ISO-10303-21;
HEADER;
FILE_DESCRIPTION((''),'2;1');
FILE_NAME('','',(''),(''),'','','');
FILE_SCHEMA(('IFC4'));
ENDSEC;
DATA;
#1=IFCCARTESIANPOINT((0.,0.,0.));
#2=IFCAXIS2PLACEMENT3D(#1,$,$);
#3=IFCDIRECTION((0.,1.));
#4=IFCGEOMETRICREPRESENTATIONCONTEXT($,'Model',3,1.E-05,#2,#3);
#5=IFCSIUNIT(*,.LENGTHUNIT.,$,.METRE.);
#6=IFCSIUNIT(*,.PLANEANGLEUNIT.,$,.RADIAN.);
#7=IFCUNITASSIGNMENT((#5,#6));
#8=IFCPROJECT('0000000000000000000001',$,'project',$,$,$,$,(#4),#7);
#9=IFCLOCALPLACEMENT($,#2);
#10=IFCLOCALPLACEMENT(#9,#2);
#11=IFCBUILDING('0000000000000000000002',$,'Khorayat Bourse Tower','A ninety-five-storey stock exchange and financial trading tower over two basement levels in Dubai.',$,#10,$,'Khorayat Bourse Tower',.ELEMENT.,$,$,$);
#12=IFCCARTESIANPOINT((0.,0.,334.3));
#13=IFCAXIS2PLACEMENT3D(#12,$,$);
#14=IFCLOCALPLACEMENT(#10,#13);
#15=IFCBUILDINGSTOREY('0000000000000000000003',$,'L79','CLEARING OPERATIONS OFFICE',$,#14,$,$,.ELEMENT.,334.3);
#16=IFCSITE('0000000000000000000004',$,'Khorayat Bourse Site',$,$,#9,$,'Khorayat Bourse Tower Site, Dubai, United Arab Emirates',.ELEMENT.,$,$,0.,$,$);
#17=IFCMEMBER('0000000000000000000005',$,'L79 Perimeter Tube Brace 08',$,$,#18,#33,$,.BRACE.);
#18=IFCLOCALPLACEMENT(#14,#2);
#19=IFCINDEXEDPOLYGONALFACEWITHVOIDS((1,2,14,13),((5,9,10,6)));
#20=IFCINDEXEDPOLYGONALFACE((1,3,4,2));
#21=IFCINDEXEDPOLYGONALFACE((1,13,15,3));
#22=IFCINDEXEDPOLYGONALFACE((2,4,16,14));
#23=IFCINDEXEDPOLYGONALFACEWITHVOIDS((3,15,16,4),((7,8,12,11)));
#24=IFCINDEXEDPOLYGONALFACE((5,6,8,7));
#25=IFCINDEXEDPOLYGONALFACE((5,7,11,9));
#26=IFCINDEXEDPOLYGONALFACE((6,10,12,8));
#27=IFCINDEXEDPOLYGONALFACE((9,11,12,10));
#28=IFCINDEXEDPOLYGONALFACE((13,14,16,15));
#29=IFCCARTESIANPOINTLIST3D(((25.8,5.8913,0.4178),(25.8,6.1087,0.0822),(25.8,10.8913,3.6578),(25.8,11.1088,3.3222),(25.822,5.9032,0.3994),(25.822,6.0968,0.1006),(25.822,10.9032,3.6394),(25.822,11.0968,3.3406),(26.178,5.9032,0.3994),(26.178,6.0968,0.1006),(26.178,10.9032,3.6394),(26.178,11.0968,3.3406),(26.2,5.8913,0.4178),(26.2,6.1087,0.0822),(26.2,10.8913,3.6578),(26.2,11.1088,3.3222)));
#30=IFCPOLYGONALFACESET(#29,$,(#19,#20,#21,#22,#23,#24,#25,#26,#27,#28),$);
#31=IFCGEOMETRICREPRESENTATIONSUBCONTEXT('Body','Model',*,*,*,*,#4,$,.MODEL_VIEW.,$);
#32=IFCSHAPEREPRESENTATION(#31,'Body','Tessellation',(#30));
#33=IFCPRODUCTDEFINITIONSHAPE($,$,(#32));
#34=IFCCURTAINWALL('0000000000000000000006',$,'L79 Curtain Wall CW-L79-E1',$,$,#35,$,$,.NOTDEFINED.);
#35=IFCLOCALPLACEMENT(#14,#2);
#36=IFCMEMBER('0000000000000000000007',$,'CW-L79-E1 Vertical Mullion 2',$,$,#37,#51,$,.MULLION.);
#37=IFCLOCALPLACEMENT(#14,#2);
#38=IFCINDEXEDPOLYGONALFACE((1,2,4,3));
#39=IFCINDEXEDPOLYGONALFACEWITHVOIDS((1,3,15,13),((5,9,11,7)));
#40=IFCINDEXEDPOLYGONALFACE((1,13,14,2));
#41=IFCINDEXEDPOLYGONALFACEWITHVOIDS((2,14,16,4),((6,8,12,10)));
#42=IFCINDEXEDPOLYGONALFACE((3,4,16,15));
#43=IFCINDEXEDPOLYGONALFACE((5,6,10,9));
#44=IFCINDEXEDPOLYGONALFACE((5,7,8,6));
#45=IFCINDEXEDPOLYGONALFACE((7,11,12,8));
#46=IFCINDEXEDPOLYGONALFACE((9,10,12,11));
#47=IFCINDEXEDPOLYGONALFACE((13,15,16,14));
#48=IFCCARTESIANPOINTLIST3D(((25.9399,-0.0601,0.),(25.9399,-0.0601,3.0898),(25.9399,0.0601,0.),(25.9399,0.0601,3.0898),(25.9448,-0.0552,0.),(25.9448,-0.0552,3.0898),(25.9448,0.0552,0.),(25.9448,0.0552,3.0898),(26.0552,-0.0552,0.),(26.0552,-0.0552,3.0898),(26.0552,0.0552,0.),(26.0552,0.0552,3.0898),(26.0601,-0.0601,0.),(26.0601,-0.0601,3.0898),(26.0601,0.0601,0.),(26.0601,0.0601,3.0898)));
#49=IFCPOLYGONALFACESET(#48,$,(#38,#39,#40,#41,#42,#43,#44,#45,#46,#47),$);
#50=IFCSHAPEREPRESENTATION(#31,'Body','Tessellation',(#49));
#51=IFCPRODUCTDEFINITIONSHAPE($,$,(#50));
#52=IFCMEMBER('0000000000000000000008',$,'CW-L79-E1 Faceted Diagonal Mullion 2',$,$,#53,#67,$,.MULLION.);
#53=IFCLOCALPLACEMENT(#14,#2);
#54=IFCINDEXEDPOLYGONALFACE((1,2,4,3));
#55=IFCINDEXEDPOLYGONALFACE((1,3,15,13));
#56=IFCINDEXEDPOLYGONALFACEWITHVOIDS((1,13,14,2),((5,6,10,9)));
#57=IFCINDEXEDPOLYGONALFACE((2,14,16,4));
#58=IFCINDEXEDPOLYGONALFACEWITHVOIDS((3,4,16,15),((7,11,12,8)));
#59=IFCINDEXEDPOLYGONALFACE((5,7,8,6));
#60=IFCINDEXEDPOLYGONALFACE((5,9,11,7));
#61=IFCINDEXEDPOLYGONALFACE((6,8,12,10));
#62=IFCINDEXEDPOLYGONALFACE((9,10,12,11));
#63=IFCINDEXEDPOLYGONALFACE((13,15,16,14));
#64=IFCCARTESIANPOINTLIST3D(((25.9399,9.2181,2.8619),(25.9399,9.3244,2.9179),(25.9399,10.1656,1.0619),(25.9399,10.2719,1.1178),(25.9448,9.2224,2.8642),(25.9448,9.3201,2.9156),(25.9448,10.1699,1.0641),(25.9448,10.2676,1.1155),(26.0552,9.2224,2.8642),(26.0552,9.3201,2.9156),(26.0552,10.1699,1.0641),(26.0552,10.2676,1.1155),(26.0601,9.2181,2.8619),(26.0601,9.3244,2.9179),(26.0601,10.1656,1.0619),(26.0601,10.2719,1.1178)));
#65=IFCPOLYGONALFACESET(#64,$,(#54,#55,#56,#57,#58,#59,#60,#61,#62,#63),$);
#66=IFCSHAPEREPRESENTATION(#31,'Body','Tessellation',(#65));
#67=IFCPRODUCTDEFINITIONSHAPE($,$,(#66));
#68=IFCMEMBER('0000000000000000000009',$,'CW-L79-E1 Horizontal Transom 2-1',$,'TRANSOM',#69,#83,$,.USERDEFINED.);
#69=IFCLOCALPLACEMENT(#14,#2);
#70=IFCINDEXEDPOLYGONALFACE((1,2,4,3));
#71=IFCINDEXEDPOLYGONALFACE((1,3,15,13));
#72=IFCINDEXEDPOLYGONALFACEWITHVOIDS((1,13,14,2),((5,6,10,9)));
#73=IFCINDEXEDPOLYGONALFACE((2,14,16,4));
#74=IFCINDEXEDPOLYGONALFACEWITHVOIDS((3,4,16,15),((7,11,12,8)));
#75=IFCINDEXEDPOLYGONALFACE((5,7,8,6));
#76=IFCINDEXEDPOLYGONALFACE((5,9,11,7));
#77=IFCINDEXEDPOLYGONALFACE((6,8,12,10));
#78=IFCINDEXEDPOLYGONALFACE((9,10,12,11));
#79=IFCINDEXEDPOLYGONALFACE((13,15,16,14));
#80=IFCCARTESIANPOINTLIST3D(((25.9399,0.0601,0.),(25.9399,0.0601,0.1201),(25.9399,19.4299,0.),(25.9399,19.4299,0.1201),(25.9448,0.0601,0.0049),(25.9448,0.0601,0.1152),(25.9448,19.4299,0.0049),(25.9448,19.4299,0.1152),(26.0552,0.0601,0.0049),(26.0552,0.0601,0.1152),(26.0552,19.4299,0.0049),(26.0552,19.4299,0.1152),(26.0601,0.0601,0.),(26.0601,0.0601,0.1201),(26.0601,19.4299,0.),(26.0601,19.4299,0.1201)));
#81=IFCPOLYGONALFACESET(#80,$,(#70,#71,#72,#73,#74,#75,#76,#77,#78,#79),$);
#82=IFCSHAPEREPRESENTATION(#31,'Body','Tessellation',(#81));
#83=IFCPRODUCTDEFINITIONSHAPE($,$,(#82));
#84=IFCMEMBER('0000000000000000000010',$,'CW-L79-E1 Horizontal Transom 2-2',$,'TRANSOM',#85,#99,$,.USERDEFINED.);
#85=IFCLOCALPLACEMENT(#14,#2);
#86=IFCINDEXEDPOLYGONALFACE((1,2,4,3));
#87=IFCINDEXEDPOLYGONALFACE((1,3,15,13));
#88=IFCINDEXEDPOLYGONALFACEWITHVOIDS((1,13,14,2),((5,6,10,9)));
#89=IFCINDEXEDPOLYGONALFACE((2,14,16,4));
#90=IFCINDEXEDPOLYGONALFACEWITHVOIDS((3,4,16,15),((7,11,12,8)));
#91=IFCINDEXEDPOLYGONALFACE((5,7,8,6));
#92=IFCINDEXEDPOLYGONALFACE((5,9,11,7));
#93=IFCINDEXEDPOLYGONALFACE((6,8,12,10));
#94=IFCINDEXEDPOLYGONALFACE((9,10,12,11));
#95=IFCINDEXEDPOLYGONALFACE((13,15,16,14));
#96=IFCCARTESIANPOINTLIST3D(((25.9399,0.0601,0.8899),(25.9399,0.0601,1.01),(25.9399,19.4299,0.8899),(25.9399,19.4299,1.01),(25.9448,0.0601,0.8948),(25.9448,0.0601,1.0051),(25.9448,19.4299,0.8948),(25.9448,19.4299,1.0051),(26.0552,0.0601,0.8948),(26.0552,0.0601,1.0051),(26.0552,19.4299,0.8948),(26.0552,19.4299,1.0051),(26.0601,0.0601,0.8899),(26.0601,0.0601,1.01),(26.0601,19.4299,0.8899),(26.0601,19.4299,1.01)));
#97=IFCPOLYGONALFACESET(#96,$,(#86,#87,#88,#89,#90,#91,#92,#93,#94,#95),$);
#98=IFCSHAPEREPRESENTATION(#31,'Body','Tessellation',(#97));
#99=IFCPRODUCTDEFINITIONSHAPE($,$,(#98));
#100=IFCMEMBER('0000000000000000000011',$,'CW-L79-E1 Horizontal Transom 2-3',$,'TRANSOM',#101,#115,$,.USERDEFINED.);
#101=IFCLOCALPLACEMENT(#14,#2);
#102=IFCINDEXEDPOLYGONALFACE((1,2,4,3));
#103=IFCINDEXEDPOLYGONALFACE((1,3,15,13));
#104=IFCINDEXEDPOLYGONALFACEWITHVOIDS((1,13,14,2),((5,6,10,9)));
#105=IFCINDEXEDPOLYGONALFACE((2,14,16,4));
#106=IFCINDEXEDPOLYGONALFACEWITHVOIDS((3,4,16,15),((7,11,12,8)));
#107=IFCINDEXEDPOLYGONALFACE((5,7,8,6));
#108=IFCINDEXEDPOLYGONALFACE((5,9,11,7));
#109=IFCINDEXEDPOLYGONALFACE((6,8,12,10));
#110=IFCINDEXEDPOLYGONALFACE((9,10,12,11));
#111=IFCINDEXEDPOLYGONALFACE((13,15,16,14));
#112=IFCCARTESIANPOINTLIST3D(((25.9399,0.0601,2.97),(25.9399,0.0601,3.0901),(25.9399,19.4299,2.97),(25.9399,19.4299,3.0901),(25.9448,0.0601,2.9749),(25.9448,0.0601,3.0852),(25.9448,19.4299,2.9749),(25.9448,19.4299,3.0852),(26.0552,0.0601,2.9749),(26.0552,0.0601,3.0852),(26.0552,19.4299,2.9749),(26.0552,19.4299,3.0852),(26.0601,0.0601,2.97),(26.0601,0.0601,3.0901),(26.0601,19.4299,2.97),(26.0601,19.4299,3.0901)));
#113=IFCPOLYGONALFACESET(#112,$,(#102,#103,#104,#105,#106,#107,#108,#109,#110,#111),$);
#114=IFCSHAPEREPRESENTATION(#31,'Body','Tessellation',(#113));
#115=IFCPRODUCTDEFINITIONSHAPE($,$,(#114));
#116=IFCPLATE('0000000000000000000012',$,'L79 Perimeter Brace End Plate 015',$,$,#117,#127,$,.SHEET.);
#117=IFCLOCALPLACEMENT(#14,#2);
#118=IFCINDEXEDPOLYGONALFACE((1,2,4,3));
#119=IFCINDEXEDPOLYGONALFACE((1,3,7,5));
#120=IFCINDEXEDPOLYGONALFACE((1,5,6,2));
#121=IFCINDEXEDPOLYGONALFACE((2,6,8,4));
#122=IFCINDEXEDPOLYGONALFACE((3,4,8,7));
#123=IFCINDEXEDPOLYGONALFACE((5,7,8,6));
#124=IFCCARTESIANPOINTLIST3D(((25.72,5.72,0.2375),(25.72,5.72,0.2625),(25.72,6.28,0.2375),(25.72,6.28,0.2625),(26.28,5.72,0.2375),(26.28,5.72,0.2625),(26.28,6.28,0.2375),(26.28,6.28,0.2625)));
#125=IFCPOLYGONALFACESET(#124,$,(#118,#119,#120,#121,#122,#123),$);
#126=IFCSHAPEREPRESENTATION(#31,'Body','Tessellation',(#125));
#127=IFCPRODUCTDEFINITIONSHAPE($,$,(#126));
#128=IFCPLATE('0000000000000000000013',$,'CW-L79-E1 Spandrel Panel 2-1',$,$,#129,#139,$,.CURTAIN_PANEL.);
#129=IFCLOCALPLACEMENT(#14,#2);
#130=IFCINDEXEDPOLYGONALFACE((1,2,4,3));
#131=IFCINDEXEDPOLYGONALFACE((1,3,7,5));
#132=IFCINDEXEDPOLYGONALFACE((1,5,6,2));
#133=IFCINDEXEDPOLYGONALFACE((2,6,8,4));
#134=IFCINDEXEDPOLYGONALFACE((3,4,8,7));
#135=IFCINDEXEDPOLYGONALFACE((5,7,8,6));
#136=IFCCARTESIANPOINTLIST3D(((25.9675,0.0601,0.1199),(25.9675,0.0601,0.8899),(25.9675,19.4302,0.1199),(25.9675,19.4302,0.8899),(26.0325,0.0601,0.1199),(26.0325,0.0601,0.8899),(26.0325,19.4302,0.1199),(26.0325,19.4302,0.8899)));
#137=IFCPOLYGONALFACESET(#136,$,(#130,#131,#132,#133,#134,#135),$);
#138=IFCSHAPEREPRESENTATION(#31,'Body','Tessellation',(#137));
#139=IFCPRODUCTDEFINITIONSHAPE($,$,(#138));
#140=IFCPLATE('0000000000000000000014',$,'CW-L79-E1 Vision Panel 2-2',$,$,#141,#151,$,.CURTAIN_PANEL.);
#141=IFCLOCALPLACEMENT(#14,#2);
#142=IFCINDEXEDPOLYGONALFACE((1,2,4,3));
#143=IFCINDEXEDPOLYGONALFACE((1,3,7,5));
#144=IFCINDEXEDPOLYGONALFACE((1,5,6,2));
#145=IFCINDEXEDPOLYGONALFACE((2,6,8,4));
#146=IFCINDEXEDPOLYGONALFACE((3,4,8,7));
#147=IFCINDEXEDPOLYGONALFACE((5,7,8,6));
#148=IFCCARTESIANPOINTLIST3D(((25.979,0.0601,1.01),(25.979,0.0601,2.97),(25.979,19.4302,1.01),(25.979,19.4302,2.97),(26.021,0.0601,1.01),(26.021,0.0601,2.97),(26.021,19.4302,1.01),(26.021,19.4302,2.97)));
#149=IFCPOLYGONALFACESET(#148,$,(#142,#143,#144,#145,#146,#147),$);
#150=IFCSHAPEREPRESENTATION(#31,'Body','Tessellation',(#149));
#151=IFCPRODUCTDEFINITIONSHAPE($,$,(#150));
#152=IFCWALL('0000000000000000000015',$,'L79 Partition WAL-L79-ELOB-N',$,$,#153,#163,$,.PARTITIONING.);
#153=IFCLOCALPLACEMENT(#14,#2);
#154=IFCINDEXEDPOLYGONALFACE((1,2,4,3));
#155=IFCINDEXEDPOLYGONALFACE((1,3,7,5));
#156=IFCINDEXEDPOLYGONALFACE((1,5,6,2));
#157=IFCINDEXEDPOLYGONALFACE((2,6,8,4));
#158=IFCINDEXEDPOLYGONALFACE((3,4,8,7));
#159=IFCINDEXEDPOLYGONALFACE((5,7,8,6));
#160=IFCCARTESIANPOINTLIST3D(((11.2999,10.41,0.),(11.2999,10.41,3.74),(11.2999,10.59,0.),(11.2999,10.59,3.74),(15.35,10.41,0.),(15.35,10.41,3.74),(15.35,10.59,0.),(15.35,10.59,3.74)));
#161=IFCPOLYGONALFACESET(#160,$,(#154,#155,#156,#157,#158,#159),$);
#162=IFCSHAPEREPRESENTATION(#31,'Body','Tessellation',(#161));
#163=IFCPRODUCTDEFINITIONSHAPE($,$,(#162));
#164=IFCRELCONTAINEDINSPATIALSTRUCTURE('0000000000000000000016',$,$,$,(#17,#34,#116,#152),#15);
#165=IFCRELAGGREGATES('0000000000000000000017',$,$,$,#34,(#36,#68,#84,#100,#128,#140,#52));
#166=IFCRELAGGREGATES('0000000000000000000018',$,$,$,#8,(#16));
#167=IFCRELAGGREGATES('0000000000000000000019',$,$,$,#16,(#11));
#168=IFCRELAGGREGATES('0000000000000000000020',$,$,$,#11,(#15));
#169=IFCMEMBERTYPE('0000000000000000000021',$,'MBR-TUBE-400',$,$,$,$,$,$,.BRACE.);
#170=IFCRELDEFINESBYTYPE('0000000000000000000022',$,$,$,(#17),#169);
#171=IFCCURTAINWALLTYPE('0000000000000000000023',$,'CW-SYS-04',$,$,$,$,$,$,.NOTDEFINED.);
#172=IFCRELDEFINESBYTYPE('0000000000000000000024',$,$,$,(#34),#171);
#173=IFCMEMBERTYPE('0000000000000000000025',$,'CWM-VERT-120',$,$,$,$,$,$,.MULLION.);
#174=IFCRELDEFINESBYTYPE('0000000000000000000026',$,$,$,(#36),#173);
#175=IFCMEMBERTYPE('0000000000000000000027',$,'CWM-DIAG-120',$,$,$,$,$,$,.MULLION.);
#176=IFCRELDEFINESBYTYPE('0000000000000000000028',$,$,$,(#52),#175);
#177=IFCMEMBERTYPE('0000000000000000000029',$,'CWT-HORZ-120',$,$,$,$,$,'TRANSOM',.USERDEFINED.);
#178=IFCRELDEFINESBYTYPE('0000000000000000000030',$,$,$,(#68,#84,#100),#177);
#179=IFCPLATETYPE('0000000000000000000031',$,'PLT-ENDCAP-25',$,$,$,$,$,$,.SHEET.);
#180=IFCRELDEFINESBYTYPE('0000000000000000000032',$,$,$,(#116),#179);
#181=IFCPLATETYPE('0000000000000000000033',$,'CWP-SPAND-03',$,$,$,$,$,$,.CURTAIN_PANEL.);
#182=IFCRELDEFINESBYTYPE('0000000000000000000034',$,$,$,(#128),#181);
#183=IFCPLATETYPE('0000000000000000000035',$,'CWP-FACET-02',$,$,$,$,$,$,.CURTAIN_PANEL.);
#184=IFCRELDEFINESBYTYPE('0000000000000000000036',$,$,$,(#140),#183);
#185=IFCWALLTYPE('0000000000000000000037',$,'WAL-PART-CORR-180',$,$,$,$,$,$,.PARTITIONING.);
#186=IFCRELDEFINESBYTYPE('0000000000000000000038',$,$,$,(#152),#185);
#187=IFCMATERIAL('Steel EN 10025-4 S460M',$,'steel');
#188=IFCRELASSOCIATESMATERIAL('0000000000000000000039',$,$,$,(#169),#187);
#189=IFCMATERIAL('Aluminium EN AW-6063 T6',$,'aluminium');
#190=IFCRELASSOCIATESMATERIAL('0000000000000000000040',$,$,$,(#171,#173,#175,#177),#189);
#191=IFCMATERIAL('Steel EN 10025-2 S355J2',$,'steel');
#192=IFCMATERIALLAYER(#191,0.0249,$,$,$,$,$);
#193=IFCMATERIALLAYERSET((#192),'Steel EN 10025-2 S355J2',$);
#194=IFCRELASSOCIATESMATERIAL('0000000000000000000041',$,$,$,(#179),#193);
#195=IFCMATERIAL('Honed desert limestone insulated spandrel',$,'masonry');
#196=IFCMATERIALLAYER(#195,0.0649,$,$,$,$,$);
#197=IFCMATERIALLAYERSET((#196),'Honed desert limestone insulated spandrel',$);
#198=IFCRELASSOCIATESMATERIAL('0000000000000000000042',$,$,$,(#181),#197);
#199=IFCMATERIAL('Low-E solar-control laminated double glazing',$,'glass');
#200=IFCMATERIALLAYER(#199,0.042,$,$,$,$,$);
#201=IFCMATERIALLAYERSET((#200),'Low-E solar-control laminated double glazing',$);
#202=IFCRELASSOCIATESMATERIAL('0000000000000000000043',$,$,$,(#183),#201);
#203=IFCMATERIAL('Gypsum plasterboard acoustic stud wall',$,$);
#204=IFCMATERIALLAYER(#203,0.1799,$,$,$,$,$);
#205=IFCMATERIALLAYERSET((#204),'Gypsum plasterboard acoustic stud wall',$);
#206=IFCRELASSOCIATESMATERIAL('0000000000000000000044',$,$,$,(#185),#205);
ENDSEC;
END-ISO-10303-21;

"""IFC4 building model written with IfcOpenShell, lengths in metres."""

from ifc_helpers import new_model, si_unit, direction, frame, frame_2d, origin, origin_2d, place, context, subcontext, project, spatial, rectangle, hollow_rectangle, extrude, source, transform, mapped, material, layer, layer_set, material_profile, profile_set, type_object, element, aggregate, save


model = new_model("IFC4")

# Units and contexts
model_context = context("Model", 3, precision=1e-05, world=origin(), true_north=direction((0.0, 1.0)))
body_context = subcontext(model_context, "Body", "Model", "MODEL_VIEW")
ifc_project = project(units=[si_unit("LENGTHUNIT", "METRE"), si_unit("PLANEANGLEUNIT", "RADIAN")], contexts=[model_context])

# Site, building, storey
site_placement = place(None, origin())
site = spatial("IfcSite", under=ifc_project, at=site_placement, Name="Khorayat Bourse Site", LongName="Khorayat Bourse Tower Site, Dubai, United Arab Emirates", CompositionType="ELEMENT", RefElevation=0.0)
building_placement = place(site_placement, origin())
building = spatial("IfcBuilding", under=site, at=building_placement, Name="Khorayat Bourse Tower", Description="A ninety-five-storey stock exchange and financial trading tower over two basement levels in Dubai.", LongName="Khorayat Bourse Tower", CompositionType="ELEMENT")
storey_placement = place(building_placement, frame((0.0, 0.0, 334.3)))
storey = spatial("IfcBuildingStorey", under=building, at=storey_placement, Name="L79", Description="CLEARING OPERATIONS OFFICE", CompositionType="ELEMENT", Elevation=334.3)

# Shared definitions
ifc_material_1 = material(Name="Steel EN 10025-2 S355J2", Category="steel")

# Member
ifc_material_2 = material(Name="Steel EN 10025-4 S460M", Category="steel")
ifc_material_profile_1 = material_profile(ifc_material_2, hollow_rectangle(XDim=0.3999, YDim=0.3999, WallThickness=0.022, at=origin_2d()), Name="HSS 400x400x22")
ifc_profile_set_1 = profile_set([ifc_material_profile_1], Name="Steel EN 10025-4 S460M")
member_type_1 = type_object("IfcMemberType", Name="MBR-TUBE-400", PredefinedType="BRACE", material=ifc_profile_set_1)
shared_shape_1 = source(origin(), body_context, "Body", "SweptSolid", [
    extrude(hollow_rectangle(XDim=0.3999, YDim=0.3999, WallThickness=0.022, at=origin_2d()), origin(), (0.0, 0.0, 1.0), 5.958),
])
member_1_placement = place(storey_placement, frame((26.0, 6.0, 0.25), z_axis=(0.0, 0.83921, 0.543807), x_axis=(-1.0, 0.0, 0.0)))
element("IfcMember", 1, at=member_1_placement, inside=storey, type_object=member_type_1, Name="L79 Perimeter Tube Brace 08", PredefinedType="BRACE", context=body_context, shape_type="MappedRepresentation", body=[
    mapped(shared_shape_1, transform((0.0, 0.0, 0.0), scale=1.0)),
])

# Curtain wall, members
ifc_material_3 = material(Name="Aluminium EN AW-6063 T6", Category="aluminium")
curtain_wall_type = type_object("IfcCurtainWallType", Name="CW-SYS-04", PredefinedType="NOTDEFINED", material=ifc_material_3)
curtain_wall_placement = place(storey_placement, origin())
curtain_wall = element("IfcCurtainWall", 2, at=curtain_wall_placement, inside=storey, type_object=curtain_wall_type, Name="L79 Curtain Wall CW-L79-E1", PredefinedType="NOTDEFINED")
ifc_material_profile_2 = material_profile(ifc_material_3, hollow_rectangle(XDim=0.1201, YDim=0.1201, WallThickness=0.0049, at=origin_2d()), Name="ALU 120x120x5")
ifc_profile_set_2 = profile_set([ifc_material_profile_2], Name="Aluminium EN AW-6063 T6")
member_type_2 = type_object("IfcMemberType", Name="CWM-VERT-120", PredefinedType="MULLION", material=ifc_profile_set_2)
shared_shape_2 = source(origin(), body_context, "Body", "SweptSolid", [
    extrude(hollow_rectangle(XDim=0.1201, YDim=0.1201, WallThickness=0.0049, at=origin_2d()), origin(), (0.0, 0.0, 1.0), 3.0898),
])
member_2_placement = place(storey_placement, frame((26.0, 0.0, 0.0), z_axis=(0.0, 0.0, 1.0), x_axis=(-1.0, 0.0, 0.0)))
member_2 = element("IfcMember", 3, at=member_2_placement, type_object=member_type_2, Name="CW-L79-E1 Vertical Mullion 2", PredefinedType="MULLION", context=body_context, shape_type="MappedRepresentation", body=[
    mapped(shared_shape_2, transform((0.0, 0.0, 0.0), scale=1.0)),
])
ifc_material_profile_3 = material_profile(ifc_material_3, hollow_rectangle(XDim=0.1201, YDim=0.1201, WallThickness=0.0049, at=origin_2d()), Name="ALU 120x120x5")
ifc_profile_set_3 = profile_set([ifc_material_profile_3], Name="Aluminium EN AW-6063 T6")
member_type_3 = type_object("IfcMemberType", Name="CWM-DIAG-120", PredefinedType="MULLION", material=ifc_profile_set_3)
shared_shape_3 = source(origin(), body_context, "Body", "SweptSolid", [
    extrude(hollow_rectangle(XDim=0.1201, YDim=0.1201, WallThickness=0.0049, at=origin_2d()), origin(), (0.0, 0.0, 1.0), 2.0342),
])
member_3_placement = place(storey_placement, frame((26.0, 10.2188, 1.0898), z_axis=(0.0, -0.465791, 0.884895), x_axis=(1.0, 0.0, 0.0)))
member_3 = element("IfcMember", 4, at=member_3_placement, type_object=member_type_3, Name="CW-L79-E1 Faceted Diagonal Mullion 2", PredefinedType="MULLION", context=body_context, shape_type="MappedRepresentation", body=[
    mapped(shared_shape_3, transform((0.0, 0.0, 0.0), scale=1.0)),
])
ifc_material_profile_4 = material_profile(ifc_material_3, hollow_rectangle(XDim=0.1201, YDim=0.1201, WallThickness=0.0049, at=origin_2d()), Name="ALU 120x120x5")
ifc_profile_set_4 = profile_set([ifc_material_profile_4], Name="Aluminium EN AW-6063 T6")
member_type_4 = type_object("IfcMemberType", Name="CWT-HORZ-120", ElementType="TRANSOM", PredefinedType="USERDEFINED", material=ifc_profile_set_4)
shared_shape_4 = source(origin(), body_context, "Body", "SweptSolid", [
    extrude(hollow_rectangle(XDim=0.1201, YDim=0.1201, WallThickness=0.0049, at=origin_2d()), origin(), (0.0, 0.0, 1.0), 19.3699),
])
member_4_placement = place(storey_placement, frame((26.0, 0.0601, 0.0601), z_axis=(0.0, 1.0, 0.0), x_axis=(-1.0, 0.0, 0.0)))
member_4 = element("IfcMember", 5, at=member_4_placement, type_object=member_type_4, Name="CW-L79-E1 Horizontal Transom 2-1", ObjectType="TRANSOM", PredefinedType="USERDEFINED", context=body_context, shape_type="MappedRepresentation", body=[
    mapped(shared_shape_4, transform((0.0, 0.0, 0.0), scale=1.0)),
])
member_5_placement = place(storey_placement, frame((26.0, 0.0601, 0.95), z_axis=(0.0, 1.0, 0.0), x_axis=(-1.0, 0.0, 0.0)))
member_5 = element("IfcMember", 6, at=member_5_placement, type_object=member_type_4, Name="CW-L79-E1 Horizontal Transom 2-2", ObjectType="TRANSOM", PredefinedType="USERDEFINED", context=body_context, shape_type="MappedRepresentation", body=[
    mapped(shared_shape_4, transform((0.0, 0.0, 0.0), scale=1.0)),
])
member_6_placement = place(storey_placement, frame((26.0, 0.0601, 3.03), z_axis=(0.0, 1.0, 0.0), x_axis=(-1.0, 0.0, 0.0)))
member_6 = element("IfcMember", 7, at=member_6_placement, type_object=member_type_4, Name="CW-L79-E1 Horizontal Transom 2-3", ObjectType="TRANSOM", PredefinedType="USERDEFINED", context=body_context, shape_type="MappedRepresentation", body=[
    mapped(shared_shape_4, transform((0.0, 0.0, 0.0), scale=1.0)),
])

# Plates
ifc_layer_1 = layer(ifc_material_1, 0.0249)
ifc_layer_set_1 = layer_set([ifc_layer_1], Name="Steel EN 10025-2 S355J2")
plate_type_1 = type_object("IfcPlateType", Name="PLT-ENDCAP-25", PredefinedType="SHEET", material=ifc_layer_set_1)
shared_shape_5 = source(origin(), body_context, "Body", "SweptSolid", [
    extrude(rectangle(XDim=0.5601, YDim=0.5601, at=origin_2d()), origin(), (0.0, 0.0, 1.0), 0.0249),
])
plate_1_placement = place(storey_placement, frame((26.0, 6.0, 0.2375), z_axis=(0.0, 0.0, 1.0), x_axis=(1.0, 0.0, 0.0)))
element("IfcPlate", 8, at=plate_1_placement, inside=storey, type_object=plate_type_1, Name="L79 Perimeter Brace End Plate 015", PredefinedType="SHEET", context=body_context, shape_type="MappedRepresentation", body=[
    mapped(shared_shape_5, transform((0.0, 0.0, 0.0), scale=1.0)),
])
ifc_material_4 = material(Name="Honed desert limestone insulated spandrel", Category="masonry")
ifc_layer_2 = layer(ifc_material_4, 0.0649)
ifc_layer_set_2 = layer_set([ifc_layer_2], Name="Honed desert limestone insulated spandrel")
plate_type_2 = type_object("IfcPlateType", Name="CWP-SPAND-03", PredefinedType="CURTAIN_PANEL", material=ifc_layer_set_2)
shared_shape_6 = source(origin(), body_context, "Body", "SweptSolid", [
    extrude(rectangle(XDim=19.3701, YDim=0.0649, at=origin_2d()), origin(), (0.0, 0.0, 1.0), 0.77),
])
plate_2_placement = place(storey_placement, frame((26.0, 9.7451, 0.1199), z_axis=(0.0, 0.0, 1.0), x_axis=(0.0, 1.0, 0.0)))
plate_2 = element("IfcPlate", 9, at=plate_2_placement, type_object=plate_type_2, Name="CW-L79-E1 Spandrel Panel 2-1", PredefinedType="CURTAIN_PANEL", context=body_context, shape_type="MappedRepresentation", body=[
    mapped(shared_shape_6, transform((0.0, 0.0, 0.0), scale=1.0)),
])
ifc_material_5 = material(Name="Low-E solar-control laminated double glazing", Category="glass")
ifc_layer_3 = layer(ifc_material_5, 0.042)
ifc_layer_set_3 = layer_set([ifc_layer_3], Name="Low-E solar-control laminated double glazing")
plate_type_3 = type_object("IfcPlateType", Name="CWP-FACET-02", PredefinedType="CURTAIN_PANEL", material=ifc_layer_set_3)
shared_shape_7 = source(origin(), body_context, "Body", "SweptSolid", [
    extrude(rectangle(XDim=19.3701, YDim=0.042, at=origin_2d()), origin(), (0.0, 0.0, 1.0), 1.96),
])
plate_3_placement = place(storey_placement, frame((26.0, 9.7451, 1.01), z_axis=(0.0, 0.0, 1.0), x_axis=(0.0, 1.0, 0.0)))
plate_3 = element("IfcPlate", 10, at=plate_3_placement, type_object=plate_type_3, Name="CW-L79-E1 Vision Panel 2-2", PredefinedType="CURTAIN_PANEL", context=body_context, shape_type="MappedRepresentation", body=[
    mapped(shared_shape_7, transform((0.0, 0.0, 0.0), scale=1.0)),
])
aggregate(curtain_wall, [member_2, member_4, member_5, member_6, plate_2, plate_3, member_3])

# Wall
ifc_material_6 = material(Name="Gypsum plasterboard acoustic stud wall")
ifc_layer_4 = layer(ifc_material_6, 0.1799)
ifc_layer_set_4 = layer_set([ifc_layer_4], Name="Gypsum plasterboard acoustic stud wall")
wall_type = type_object("IfcWallType", Name="WAL-PART-CORR-180", PredefinedType="PARTITIONING", material=ifc_layer_set_4)
shared_shape_8 = source(origin(), body_context, "Body", "SweptSolid", [
    extrude(rectangle(XDim=4.05, YDim=0.1799, at=frame_2d((2.0249, 0.0))), origin(), (0.0, 0.0, 1.0), 3.74),
])
wall_placement = place(storey_placement, frame((11.3, 10.5, 0.0), z_axis=(0.0, 0.0, 1.0), x_axis=(1.0, 0.0, 0.0)))
element("IfcWall", 11, at=wall_placement, inside=storey, type_object=wall_type, Name="L79 Partition WAL-L79-ELOB-N", PredefinedType="PARTITIONING", context=body_context, shape_type="MappedRepresentation", body=[
    mapped(shared_shape_8, transform((0.0, 0.0, 0.0), scale=1.0)),
])

save(model, "model.ifc")
